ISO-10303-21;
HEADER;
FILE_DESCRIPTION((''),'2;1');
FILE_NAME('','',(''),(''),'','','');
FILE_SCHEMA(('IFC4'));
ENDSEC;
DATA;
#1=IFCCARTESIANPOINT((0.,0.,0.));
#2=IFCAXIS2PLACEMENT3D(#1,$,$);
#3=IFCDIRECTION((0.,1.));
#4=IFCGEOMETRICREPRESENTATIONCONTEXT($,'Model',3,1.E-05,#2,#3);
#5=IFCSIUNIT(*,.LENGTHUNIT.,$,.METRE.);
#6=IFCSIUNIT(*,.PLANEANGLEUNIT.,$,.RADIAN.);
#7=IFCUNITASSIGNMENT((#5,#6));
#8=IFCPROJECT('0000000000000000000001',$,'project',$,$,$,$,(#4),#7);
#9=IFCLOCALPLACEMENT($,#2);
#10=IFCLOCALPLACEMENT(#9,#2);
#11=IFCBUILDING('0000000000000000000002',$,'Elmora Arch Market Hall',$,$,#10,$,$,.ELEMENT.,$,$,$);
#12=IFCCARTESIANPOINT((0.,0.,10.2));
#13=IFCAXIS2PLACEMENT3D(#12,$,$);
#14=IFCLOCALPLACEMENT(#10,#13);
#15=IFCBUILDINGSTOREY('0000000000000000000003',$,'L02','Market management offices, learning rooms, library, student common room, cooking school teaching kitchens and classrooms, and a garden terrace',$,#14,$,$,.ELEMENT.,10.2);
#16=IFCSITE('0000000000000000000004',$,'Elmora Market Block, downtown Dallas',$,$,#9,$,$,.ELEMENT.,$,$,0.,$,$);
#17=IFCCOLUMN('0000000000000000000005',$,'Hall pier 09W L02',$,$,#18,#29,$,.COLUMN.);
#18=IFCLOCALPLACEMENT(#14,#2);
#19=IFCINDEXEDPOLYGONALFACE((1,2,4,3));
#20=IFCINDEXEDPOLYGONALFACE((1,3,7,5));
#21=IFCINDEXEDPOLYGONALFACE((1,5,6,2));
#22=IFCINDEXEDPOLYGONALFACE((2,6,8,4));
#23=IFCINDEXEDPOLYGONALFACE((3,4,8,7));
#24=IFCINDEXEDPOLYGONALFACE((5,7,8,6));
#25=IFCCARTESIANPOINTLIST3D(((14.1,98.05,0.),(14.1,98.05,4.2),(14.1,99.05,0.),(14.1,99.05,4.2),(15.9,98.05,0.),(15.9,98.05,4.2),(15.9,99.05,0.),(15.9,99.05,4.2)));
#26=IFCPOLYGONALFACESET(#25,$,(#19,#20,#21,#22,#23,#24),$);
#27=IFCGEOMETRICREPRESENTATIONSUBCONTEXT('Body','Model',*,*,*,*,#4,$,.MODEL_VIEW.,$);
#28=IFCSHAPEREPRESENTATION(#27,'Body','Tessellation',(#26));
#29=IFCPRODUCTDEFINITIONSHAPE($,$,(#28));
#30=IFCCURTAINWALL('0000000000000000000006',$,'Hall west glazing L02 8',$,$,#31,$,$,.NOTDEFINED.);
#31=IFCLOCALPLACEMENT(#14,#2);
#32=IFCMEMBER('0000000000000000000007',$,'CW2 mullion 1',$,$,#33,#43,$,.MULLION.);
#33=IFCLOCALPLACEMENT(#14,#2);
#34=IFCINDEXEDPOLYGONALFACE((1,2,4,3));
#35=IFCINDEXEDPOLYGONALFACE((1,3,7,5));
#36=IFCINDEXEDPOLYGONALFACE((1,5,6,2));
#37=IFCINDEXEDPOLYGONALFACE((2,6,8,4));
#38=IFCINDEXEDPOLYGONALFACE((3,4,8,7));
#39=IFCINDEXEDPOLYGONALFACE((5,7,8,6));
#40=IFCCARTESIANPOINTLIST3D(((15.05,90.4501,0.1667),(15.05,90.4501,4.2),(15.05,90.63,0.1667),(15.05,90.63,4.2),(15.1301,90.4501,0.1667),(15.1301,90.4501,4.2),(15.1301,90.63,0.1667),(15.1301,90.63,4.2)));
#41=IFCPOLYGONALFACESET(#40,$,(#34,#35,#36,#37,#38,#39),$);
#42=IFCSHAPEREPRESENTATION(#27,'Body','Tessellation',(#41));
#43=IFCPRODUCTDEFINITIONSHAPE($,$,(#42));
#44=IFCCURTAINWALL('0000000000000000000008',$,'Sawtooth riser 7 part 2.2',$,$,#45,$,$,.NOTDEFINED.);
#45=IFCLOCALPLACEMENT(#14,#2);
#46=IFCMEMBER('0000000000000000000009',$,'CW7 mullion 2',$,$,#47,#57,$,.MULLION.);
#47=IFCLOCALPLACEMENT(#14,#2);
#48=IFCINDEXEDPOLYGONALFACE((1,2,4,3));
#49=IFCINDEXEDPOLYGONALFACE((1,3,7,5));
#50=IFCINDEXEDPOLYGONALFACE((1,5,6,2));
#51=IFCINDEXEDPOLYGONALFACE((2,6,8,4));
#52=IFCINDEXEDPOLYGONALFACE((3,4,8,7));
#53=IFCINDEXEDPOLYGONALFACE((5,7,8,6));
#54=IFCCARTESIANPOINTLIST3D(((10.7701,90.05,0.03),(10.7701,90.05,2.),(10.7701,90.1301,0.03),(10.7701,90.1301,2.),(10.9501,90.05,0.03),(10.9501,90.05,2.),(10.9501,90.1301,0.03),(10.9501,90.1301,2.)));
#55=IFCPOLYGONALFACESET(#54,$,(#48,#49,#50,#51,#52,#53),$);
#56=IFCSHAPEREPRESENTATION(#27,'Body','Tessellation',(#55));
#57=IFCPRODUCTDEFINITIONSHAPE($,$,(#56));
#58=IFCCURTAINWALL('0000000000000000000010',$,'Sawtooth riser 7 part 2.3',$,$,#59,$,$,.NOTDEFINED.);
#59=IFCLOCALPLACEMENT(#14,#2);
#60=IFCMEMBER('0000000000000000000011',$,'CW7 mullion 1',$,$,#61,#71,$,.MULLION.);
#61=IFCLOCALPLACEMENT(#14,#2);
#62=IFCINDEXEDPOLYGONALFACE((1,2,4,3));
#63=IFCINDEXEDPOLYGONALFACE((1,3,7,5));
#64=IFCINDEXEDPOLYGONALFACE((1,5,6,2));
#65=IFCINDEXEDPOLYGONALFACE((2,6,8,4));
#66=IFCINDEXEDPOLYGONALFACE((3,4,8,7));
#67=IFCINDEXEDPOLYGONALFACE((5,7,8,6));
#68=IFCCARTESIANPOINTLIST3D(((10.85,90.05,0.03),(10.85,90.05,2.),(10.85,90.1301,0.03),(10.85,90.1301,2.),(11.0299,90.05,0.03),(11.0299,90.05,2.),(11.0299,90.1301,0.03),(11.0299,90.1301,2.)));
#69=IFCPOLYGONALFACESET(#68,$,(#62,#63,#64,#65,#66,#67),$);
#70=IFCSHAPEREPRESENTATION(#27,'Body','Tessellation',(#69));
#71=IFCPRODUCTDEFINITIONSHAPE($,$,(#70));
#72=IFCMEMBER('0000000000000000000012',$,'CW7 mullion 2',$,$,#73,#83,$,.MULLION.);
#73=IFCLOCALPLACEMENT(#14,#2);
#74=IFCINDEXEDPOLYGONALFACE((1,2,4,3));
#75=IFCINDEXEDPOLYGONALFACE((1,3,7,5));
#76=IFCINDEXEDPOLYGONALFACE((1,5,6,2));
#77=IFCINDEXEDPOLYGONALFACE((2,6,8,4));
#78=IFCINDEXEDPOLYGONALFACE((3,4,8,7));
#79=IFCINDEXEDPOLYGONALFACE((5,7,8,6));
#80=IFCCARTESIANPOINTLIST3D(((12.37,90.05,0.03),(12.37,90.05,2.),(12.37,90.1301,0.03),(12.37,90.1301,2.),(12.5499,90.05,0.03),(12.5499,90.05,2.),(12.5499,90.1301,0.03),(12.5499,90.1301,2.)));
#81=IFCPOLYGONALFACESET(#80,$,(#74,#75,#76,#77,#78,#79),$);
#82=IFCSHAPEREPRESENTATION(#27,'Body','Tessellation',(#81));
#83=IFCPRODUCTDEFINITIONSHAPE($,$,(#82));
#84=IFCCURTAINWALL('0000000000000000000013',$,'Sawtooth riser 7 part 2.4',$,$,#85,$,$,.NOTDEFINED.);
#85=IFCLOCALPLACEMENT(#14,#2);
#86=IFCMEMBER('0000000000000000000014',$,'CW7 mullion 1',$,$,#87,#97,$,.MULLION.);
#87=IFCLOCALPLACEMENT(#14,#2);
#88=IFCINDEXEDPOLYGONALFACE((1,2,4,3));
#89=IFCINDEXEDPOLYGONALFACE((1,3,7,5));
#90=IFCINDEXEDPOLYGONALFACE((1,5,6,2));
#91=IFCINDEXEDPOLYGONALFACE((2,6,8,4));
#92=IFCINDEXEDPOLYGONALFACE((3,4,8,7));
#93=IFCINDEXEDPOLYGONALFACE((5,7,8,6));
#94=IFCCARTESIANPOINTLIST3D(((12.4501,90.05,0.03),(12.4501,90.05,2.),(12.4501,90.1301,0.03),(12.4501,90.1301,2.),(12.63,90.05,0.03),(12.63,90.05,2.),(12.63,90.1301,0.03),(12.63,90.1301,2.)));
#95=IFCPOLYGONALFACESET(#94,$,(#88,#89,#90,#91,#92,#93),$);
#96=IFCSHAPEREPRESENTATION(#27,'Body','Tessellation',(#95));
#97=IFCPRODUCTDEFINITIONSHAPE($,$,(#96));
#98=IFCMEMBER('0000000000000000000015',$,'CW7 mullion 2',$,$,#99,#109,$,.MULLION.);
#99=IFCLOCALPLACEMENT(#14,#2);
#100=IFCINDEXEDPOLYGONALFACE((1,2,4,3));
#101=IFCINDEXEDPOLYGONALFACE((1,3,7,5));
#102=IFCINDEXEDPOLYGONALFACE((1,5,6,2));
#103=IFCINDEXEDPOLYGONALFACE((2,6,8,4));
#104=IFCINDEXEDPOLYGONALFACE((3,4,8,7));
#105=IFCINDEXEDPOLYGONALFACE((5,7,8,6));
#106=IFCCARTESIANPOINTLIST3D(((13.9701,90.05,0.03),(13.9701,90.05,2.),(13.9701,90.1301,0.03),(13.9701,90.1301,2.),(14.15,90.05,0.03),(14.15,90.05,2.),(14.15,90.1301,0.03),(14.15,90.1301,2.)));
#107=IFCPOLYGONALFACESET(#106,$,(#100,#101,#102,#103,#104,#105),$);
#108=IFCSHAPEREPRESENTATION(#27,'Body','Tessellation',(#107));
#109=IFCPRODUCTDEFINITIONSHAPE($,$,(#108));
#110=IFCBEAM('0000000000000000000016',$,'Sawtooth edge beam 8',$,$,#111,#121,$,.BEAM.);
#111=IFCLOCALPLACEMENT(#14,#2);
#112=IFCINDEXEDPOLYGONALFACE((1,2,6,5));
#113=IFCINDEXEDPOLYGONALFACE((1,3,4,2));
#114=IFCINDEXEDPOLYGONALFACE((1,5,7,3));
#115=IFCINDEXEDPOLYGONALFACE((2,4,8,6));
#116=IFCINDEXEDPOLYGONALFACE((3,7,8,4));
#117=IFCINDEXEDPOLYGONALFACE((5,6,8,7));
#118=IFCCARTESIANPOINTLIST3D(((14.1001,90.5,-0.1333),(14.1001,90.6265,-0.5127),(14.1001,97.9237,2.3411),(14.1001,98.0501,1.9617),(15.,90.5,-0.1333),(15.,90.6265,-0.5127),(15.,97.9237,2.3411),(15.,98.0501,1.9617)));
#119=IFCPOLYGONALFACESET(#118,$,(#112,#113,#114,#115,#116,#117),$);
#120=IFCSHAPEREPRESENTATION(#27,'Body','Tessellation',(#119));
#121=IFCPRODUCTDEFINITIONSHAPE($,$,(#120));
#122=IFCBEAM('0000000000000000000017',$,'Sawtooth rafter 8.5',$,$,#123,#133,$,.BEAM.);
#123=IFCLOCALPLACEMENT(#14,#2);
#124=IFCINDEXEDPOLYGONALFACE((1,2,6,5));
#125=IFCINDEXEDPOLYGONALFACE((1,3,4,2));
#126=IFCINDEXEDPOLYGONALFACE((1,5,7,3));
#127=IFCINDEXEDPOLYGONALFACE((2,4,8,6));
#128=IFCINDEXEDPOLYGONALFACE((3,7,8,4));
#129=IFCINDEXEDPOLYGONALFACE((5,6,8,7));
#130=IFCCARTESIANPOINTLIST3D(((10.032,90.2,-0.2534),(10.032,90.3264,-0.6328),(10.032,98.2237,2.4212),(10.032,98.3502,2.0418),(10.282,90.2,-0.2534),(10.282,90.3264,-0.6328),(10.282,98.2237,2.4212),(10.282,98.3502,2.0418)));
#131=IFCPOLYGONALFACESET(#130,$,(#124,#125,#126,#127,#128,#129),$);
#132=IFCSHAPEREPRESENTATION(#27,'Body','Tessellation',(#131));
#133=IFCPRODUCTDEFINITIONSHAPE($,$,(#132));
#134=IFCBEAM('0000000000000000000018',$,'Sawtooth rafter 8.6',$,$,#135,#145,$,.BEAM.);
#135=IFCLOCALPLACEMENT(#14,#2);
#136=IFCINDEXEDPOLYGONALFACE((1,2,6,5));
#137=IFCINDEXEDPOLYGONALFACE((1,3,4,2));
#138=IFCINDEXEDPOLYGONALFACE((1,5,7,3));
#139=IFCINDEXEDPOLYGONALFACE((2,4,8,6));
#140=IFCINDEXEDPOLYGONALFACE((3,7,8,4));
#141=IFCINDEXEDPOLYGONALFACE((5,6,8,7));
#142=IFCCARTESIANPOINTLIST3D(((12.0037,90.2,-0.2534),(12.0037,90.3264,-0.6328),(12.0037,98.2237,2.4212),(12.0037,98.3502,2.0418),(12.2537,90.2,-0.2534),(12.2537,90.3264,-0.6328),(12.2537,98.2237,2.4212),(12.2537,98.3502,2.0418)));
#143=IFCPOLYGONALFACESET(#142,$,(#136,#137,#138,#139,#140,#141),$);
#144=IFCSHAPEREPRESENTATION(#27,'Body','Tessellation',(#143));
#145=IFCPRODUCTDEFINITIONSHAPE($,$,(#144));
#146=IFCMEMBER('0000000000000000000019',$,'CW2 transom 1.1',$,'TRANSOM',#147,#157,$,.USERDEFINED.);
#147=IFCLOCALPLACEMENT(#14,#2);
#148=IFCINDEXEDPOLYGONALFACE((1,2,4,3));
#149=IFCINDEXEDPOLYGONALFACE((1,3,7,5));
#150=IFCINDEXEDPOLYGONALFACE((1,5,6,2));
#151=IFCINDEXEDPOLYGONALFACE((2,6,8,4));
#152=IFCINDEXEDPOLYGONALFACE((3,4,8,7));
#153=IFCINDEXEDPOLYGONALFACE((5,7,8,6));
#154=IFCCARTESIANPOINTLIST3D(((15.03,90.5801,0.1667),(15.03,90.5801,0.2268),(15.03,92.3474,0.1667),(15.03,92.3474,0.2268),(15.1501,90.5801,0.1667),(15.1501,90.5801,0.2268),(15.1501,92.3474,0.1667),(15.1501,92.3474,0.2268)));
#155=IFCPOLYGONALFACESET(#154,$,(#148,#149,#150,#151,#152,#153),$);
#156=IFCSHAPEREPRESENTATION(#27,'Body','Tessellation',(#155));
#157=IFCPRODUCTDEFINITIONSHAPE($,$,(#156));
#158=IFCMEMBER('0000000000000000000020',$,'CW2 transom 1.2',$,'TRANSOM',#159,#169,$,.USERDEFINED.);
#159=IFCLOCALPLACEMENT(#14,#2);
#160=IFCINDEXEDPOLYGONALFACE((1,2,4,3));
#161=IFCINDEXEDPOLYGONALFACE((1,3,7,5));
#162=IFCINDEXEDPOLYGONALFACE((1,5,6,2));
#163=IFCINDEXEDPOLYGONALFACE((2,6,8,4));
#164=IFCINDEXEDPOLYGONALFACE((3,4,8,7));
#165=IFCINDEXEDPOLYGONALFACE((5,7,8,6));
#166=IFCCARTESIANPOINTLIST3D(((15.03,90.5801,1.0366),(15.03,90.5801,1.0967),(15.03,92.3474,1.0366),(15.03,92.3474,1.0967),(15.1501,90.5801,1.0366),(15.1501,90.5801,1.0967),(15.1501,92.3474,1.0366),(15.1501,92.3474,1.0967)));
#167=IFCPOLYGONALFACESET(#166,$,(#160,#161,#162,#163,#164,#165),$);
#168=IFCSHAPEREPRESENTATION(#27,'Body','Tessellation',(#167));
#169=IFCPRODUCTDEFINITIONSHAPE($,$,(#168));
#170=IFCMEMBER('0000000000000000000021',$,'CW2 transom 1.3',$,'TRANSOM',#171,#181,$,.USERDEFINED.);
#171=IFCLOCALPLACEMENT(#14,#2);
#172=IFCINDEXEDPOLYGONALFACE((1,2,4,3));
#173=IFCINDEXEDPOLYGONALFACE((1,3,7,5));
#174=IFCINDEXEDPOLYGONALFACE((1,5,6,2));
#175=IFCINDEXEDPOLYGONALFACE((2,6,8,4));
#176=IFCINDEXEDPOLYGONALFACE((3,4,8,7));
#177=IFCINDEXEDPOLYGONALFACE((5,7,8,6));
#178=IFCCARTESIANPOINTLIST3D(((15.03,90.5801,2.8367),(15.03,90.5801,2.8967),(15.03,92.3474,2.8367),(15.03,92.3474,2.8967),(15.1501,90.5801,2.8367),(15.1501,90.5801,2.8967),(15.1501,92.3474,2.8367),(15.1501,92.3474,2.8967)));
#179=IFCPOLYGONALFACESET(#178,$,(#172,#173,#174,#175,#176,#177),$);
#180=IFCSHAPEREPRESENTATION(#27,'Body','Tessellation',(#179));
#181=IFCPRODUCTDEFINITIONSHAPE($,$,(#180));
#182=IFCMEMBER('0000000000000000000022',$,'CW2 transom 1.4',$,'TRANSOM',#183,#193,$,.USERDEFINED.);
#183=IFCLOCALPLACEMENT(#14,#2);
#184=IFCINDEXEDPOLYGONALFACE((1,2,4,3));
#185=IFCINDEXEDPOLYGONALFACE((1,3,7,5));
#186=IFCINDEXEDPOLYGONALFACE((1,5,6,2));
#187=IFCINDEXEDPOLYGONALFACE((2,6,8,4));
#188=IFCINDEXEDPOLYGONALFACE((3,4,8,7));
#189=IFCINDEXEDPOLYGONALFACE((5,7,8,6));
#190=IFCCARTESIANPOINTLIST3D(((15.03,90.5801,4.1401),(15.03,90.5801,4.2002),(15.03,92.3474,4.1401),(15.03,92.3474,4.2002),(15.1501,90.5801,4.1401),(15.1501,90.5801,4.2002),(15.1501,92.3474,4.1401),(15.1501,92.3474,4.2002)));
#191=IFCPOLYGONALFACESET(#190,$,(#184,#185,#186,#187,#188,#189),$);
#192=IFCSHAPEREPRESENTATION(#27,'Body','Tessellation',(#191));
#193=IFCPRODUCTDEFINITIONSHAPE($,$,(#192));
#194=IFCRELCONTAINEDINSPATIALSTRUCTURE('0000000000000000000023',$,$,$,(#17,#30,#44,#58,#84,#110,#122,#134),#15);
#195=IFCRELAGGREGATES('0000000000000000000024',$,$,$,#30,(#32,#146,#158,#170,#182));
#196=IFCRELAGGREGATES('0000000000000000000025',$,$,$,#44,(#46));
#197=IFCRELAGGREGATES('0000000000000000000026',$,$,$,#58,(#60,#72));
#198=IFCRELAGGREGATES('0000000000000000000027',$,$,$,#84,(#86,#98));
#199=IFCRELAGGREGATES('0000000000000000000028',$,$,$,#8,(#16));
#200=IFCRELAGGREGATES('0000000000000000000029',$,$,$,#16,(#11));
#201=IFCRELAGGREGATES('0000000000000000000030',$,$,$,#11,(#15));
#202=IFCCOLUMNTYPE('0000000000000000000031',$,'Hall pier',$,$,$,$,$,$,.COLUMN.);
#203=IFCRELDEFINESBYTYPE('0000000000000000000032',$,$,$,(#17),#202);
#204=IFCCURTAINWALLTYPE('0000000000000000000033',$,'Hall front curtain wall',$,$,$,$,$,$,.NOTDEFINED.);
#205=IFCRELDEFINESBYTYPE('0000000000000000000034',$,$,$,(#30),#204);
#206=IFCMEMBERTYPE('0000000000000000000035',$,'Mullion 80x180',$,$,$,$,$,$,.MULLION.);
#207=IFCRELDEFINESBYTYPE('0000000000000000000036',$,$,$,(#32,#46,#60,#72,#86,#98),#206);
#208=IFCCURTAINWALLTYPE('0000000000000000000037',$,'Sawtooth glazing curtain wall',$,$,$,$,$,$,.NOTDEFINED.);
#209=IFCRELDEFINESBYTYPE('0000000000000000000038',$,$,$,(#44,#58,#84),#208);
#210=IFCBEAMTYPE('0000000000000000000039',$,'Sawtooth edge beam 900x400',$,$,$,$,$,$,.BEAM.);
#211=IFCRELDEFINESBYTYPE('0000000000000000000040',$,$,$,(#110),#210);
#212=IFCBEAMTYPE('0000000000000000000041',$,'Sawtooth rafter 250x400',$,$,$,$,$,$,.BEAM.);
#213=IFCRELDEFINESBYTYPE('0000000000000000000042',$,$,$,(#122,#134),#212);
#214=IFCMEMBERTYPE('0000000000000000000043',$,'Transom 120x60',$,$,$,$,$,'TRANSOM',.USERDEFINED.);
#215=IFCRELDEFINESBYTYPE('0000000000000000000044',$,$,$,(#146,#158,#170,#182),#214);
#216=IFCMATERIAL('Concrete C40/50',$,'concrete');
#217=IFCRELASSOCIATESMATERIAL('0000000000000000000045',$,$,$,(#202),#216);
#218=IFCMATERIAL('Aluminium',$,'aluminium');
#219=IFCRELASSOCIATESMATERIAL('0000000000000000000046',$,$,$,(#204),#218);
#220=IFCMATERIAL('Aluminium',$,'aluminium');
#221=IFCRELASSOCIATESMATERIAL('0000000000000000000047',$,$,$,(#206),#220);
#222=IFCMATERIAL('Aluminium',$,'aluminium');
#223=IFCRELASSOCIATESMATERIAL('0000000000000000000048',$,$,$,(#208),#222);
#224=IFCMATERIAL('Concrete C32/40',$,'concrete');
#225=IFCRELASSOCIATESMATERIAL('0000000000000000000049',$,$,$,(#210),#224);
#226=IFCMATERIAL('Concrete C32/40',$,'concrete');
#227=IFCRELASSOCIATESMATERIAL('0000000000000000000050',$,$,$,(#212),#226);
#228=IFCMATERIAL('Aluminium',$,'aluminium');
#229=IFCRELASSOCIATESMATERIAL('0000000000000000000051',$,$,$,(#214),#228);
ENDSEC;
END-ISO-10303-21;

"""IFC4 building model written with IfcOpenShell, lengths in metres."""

from ifc_helpers import new_model, si_unit, direction, frame, origin, origin_2d, place, context, subcontext, project, spatial, rectangle, extrude, material, material_profile, profile_set, type_object, element, aggregate, save


model = new_model("IFC4")

# Units and contexts
model_context = context("Model", 3, precision=1e-05, world=origin(), true_north=direction((0.0, 1.0)))
body_context = subcontext(model_context, "Body", "Model", "MODEL_VIEW")
ifc_project = project(units=[si_unit("LENGTHUNIT", "METRE"), si_unit("PLANEANGLEUNIT", "RADIAN")], contexts=[model_context])

# Site, building, storey
site_placement = place(None, origin())
site = spatial("IfcSite", under=ifc_project, at=site_placement, Name="Elmora Market Block, downtown Dallas", CompositionType="ELEMENT", RefElevation=0.0)
building_placement = place(site_placement, origin())
building = spatial("IfcBuilding", under=site, at=building_placement, Name="Elmora Arch Market Hall", CompositionType="ELEMENT")
storey_placement = place(building_placement, frame((0.0, 0.0, 10.2)))
storey = spatial("IfcBuildingStorey", under=building, at=storey_placement, Name="L02", Description="Market management offices, learning rooms, library, student common room, cooking school teaching kitchens and classrooms, and a garden terrace", CompositionType="ELEMENT", Elevation=10.2)

# Column
ifc_material_1 = material(Name="Concrete C40/50", Category="concrete")
ifc_material_profile_1 = material_profile(ifc_material_1, rectangle(XDim=1.8, YDim=1.0, at=origin_2d()), Name="Hall pier")
ifc_profile_set_1 = profile_set([ifc_material_profile_1], Name="Concrete C40/50")
column_type = type_object("IfcColumnType", Name="Hall pier", PredefinedType="COLUMN", material=ifc_profile_set_1)
column_placement = place(storey_placement, frame((15.0, 98.55, 0.0), z_axis=(0.0, 0.0, 1.0), x_axis=(1.0, 0.0, 0.0)))
element("IfcColumn", 1, at=column_placement, inside=storey, type_object=column_type, Name="Hall pier 09W L02", PredefinedType="COLUMN", context=body_context, shape_type="SweptSolid", body=[
    extrude(rectangle(XDim=1.8, YDim=1.0, at=origin_2d()), origin(), (0.0, 0.0, 1.0), 4.2),
])

# Curtain walls, members
ifc_material_2 = material(Name="Aluminium", Category="aluminium")
curtain_wall_type_1 = type_object("IfcCurtainWallType", Name="Hall front curtain wall", PredefinedType="NOTDEFINED", material=ifc_material_2)
curtain_wall_1_placement = place(storey_placement, origin())
curtain_wall_1 = element("IfcCurtainWall", 2, at=curtain_wall_1_placement, inside=storey, type_object=curtain_wall_type_1, Name="Hall west glazing L02 8", PredefinedType="NOTDEFINED")
ifc_material_3 = material(Name="Aluminium", Category="aluminium")
ifc_material_profile_2 = material_profile(ifc_material_3, rectangle(XDim=0.0801, YDim=0.1799, at=origin_2d()), Name="AL 80x180")
ifc_profile_set_2 = profile_set([ifc_material_profile_2], Name="Aluminium")
member_type_1 = type_object("IfcMemberType", Name="Mullion 80x180", PredefinedType="MULLION", material=ifc_profile_set_2)
member_1_placement = place(storey_placement, frame((15.0901, 90.54, 0.1667), z_axis=(0.0, 0.0, 1.0), x_axis=(-1.0, 0.0, 0.0)))
member_1 = element("IfcMember", 3, at=member_1_placement, type_object=member_type_1, Name="CW2 mullion 1", PredefinedType="MULLION", context=body_context, shape_type="SweptSolid", body=[
    extrude(rectangle(XDim=0.0801, YDim=0.1799, at=origin_2d()), origin(), (0.0, 0.0, 1.0), 4.0332),
])
ifc_material_4 = material(Name="Aluminium", Category="aluminium")
curtain_wall_type_2 = type_object("IfcCurtainWallType", Name="Sawtooth glazing curtain wall", PredefinedType="NOTDEFINED", material=ifc_material_4)
curtain_wall_2_placement = place(storey_placement, origin())
curtain_wall_2 = element("IfcCurtainWall", 4, at=curtain_wall_2_placement, inside=storey, type_object=curtain_wall_type_2, Name="Sawtooth riser 7 part 2.2", PredefinedType="NOTDEFINED")
member_2_placement = place(storey_placement, frame((10.8601, 90.0901, 0.03), z_axis=(0.0, 0.0, 1.0), x_axis=(0.0, 1.0, 0.0)))
member_2 = element("IfcMember", 5, at=member_2_placement, type_object=member_type_1, Name="CW7 mullion 2", PredefinedType="MULLION", context=body_context, shape_type="SweptSolid", body=[
    extrude(rectangle(XDim=0.0801, YDim=0.1799, at=origin_2d()), origin(), (0.0, 0.0, 1.0), 1.97),
])

# Curtain walls, members
curtain_wall_3_placement = place(storey_placement, origin())
curtain_wall_3 = element("IfcCurtainWall", 6, at=curtain_wall_3_placement, inside=storey, type_object=curtain_wall_type_2, Name="Sawtooth riser 7 part 2.3", PredefinedType="NOTDEFINED")
member_3_placement = place(storey_placement, frame((10.9399, 90.0901, 0.03), z_axis=(0.0, 0.0, 1.0), x_axis=(0.0, 1.0, 0.0)))
member_3 = element("IfcMember", 7, at=member_3_placement, type_object=member_type_1, Name="CW7 mullion 1", PredefinedType="MULLION", context=body_context, shape_type="SweptSolid", body=[
    extrude(rectangle(XDim=0.0801, YDim=0.1799, at=origin_2d()), origin(), (0.0, 0.0, 1.0), 1.97),
])
member_4_placement = place(storey_placement, frame((12.46, 90.0901, 0.03), z_axis=(0.0, 0.0, 1.0), x_axis=(0.0, 1.0, 0.0)))
member_4 = element("IfcMember", 8, at=member_4_placement, type_object=member_type_1, Name="CW7 mullion 2", PredefinedType="MULLION", context=body_context, shape_type="SweptSolid", body=[
    extrude(rectangle(XDim=0.0801, YDim=0.1799, at=origin_2d()), origin(), (0.0, 0.0, 1.0), 1.97),
])
curtain_wall_4_placement = place(storey_placement, origin())
curtain_wall_4 = element("IfcCurtainWall", 9, at=curtain_wall_4_placement, inside=storey, type_object=curtain_wall_type_2, Name="Sawtooth riser 7 part 2.4", PredefinedType="NOTDEFINED")
member_5_placement = place(storey_placement, frame((12.54, 90.0901, 0.03), z_axis=(0.0, 0.0, 1.0), x_axis=(0.0, 1.0, 0.0)))
member_5 = element("IfcMember", 10, at=member_5_placement, type_object=member_type_1, Name="CW7 mullion 1", PredefinedType="MULLION", context=body_context, shape_type="SweptSolid", body=[
    extrude(rectangle(XDim=0.0801, YDim=0.1799, at=origin_2d()), origin(), (0.0, 0.0, 1.0), 1.97),
])
member_6_placement = place(storey_placement, frame((14.0601, 90.0901, 0.03), z_axis=(0.0, 0.0, 1.0), x_axis=(0.0, 1.0, 0.0)))
member_6 = element("IfcMember", 11, at=member_6_placement, type_object=member_type_1, Name="CW7 mullion 2", PredefinedType="MULLION", context=body_context, shape_type="SweptSolid", body=[
    extrude(rectangle(XDim=0.0801, YDim=0.1799, at=origin_2d()), origin(), (0.0, 0.0, 1.0), 1.97),
])

# Beams
ifc_material_5 = material(Name="Concrete C32/40", Category="concrete")
ifc_material_profile_3 = material_profile(ifc_material_5, rectangle(XDim=0.8999, YDim=0.3999, at=origin_2d()), Name="Sawtooth edge beam 900x400")
ifc_profile_set_3 = profile_set([ifc_material_profile_3], Name="Concrete C32/40")
beam_type_1 = type_object("IfcBeamType", Name="Sawtooth edge beam 900x400", PredefinedType="BEAM", material=ifc_profile_set_3)
beam_placement = place(storey_placement, frame((14.55, 90.5632, -0.323), z_axis=(0.0, 0.94869, 0.316209), x_axis=(-1.0, 0.0, 0.0)))
element("IfcBeam", 12, at=beam_placement, inside=storey, type_object=beam_type_1, Name="Sawtooth edge beam 8", PredefinedType="BEAM", context=body_context, shape_type="SweptSolid", body=[
    extrude(rectangle(XDim=0.8999, YDim=0.3999, at=origin_2d()), origin(), (0.0, 0.0, 1.0), 7.8252),
])
ifc_material_6 = material(Name="Concrete C32/40", Category="concrete")
ifc_material_profile_4 = material_profile(ifc_material_6, rectangle(XDim=0.25, YDim=0.3999, at=origin_2d()), Name="Sawtooth rafter 250x400")
ifc_profile_set_4 = profile_set([ifc_material_profile_4], Name="Concrete C32/40")
beam_type_2 = type_object("IfcBeamType", Name="Sawtooth rafter 250x400", PredefinedType="BEAM", material=ifc_profile_set_4)
for number, where, z_axis, x_axis, name in (
    (13, (10.157, 90.2632, -0.4431), (0.0, 0.948683, 0.316228), (-1.0, 0.0, 0.0), "Sawtooth rafter 8.5"),
    (14, (12.1287, 90.2632, -0.4431), (0.0, 0.948683, 0.316228), (-1.0, 0.0, 0.0), "Sawtooth rafter 8.6"),
):
    element("IfcBeam", number, at=place(storey_placement, frame(where, z_axis=z_axis, x_axis=x_axis)), inside=storey, type_object=beam_type_2, Name=name, PredefinedType="BEAM", context=body_context, shape_type="SweptSolid", body=[
        extrude(rectangle(XDim=0.25, YDim=0.3999, at=origin_2d()), origin(), (0.0, 0.0, 1.0), 8.4578),
    ])

# Members
ifc_material_7 = material(Name="Aluminium", Category="aluminium")
ifc_material_profile_5 = material_profile(ifc_material_7, rectangle(XDim=0.1201, YDim=0.0601, at=origin_2d()), Name="AL 120x60")
ifc_profile_set_5 = profile_set([ifc_material_profile_5], Name="Aluminium")
member_type_2 = type_object("IfcMemberType", Name="Transom 120x60", ElementType="TRANSOM", PredefinedType="USERDEFINED", material=ifc_profile_set_5)
member_7_placement = place(storey_placement, frame((15.0901, 90.5801, 0.1968), z_axis=(0.0, 1.0, 0.0), x_axis=(-1.0, 0.0, 0.0)))
member_7 = element("IfcMember", 15, at=member_7_placement, type_object=member_type_2, Name="CW2 transom 1.1", ObjectType="TRANSOM", PredefinedType="USERDEFINED", context=body_context, shape_type="SweptSolid", body=[
    extrude(rectangle(XDim=0.1201, YDim=0.0601, at=origin_2d()), origin(), (0.0, 0.0, 1.0), 1.7673),
])
member_8_placement = place(storey_placement, frame((15.0901, 90.5801, 1.0667), z_axis=(0.0, 1.0, 0.0), x_axis=(-1.0, 0.0, 0.0)))
member_8 = element("IfcMember", 16, at=member_8_placement, type_object=member_type_2, Name="CW2 transom 1.2", ObjectType="TRANSOM", PredefinedType="USERDEFINED", context=body_context, shape_type="SweptSolid", body=[
    extrude(rectangle(XDim=0.1201, YDim=0.0601, at=origin_2d()), origin(), (0.0, 0.0, 1.0), 1.7673),
])
member_9_placement = place(storey_placement, frame((15.0901, 90.5801, 2.8667), z_axis=(0.0, 1.0, 0.0), x_axis=(-1.0, 0.0, 0.0)))
member_9 = element("IfcMember", 17, at=member_9_placement, type_object=member_type_2, Name="CW2 transom 1.3", ObjectType="TRANSOM", PredefinedType="USERDEFINED", context=body_context, shape_type="SweptSolid", body=[
    extrude(rectangle(XDim=0.1201, YDim=0.0601, at=origin_2d()), origin(), (0.0, 0.0, 1.0), 1.7673),
])
member_10_placement = place(storey_placement, frame((15.0901, 90.5801, 4.1702), z_axis=(0.0, 1.0, 0.0), x_axis=(-1.0, 0.0, 0.0)))
member_10 = element("IfcMember", 18, at=member_10_placement, type_object=member_type_2, Name="CW2 transom 1.4", ObjectType="TRANSOM", PredefinedType="USERDEFINED", context=body_context, shape_type="SweptSolid", body=[
    extrude(rectangle(XDim=0.1201, YDim=0.0601, at=origin_2d()), origin(), (0.0, 0.0, 1.0), 1.7673),
])

aggregate(curtain_wall_1, [member_1, member_7, member_8, member_9, member_10])
aggregate(curtain_wall_2, [member_2])
aggregate(curtain_wall_3, [member_3, member_4])
aggregate(curtain_wall_4, [member_5, member_6])

save(model, "model.ifc")
